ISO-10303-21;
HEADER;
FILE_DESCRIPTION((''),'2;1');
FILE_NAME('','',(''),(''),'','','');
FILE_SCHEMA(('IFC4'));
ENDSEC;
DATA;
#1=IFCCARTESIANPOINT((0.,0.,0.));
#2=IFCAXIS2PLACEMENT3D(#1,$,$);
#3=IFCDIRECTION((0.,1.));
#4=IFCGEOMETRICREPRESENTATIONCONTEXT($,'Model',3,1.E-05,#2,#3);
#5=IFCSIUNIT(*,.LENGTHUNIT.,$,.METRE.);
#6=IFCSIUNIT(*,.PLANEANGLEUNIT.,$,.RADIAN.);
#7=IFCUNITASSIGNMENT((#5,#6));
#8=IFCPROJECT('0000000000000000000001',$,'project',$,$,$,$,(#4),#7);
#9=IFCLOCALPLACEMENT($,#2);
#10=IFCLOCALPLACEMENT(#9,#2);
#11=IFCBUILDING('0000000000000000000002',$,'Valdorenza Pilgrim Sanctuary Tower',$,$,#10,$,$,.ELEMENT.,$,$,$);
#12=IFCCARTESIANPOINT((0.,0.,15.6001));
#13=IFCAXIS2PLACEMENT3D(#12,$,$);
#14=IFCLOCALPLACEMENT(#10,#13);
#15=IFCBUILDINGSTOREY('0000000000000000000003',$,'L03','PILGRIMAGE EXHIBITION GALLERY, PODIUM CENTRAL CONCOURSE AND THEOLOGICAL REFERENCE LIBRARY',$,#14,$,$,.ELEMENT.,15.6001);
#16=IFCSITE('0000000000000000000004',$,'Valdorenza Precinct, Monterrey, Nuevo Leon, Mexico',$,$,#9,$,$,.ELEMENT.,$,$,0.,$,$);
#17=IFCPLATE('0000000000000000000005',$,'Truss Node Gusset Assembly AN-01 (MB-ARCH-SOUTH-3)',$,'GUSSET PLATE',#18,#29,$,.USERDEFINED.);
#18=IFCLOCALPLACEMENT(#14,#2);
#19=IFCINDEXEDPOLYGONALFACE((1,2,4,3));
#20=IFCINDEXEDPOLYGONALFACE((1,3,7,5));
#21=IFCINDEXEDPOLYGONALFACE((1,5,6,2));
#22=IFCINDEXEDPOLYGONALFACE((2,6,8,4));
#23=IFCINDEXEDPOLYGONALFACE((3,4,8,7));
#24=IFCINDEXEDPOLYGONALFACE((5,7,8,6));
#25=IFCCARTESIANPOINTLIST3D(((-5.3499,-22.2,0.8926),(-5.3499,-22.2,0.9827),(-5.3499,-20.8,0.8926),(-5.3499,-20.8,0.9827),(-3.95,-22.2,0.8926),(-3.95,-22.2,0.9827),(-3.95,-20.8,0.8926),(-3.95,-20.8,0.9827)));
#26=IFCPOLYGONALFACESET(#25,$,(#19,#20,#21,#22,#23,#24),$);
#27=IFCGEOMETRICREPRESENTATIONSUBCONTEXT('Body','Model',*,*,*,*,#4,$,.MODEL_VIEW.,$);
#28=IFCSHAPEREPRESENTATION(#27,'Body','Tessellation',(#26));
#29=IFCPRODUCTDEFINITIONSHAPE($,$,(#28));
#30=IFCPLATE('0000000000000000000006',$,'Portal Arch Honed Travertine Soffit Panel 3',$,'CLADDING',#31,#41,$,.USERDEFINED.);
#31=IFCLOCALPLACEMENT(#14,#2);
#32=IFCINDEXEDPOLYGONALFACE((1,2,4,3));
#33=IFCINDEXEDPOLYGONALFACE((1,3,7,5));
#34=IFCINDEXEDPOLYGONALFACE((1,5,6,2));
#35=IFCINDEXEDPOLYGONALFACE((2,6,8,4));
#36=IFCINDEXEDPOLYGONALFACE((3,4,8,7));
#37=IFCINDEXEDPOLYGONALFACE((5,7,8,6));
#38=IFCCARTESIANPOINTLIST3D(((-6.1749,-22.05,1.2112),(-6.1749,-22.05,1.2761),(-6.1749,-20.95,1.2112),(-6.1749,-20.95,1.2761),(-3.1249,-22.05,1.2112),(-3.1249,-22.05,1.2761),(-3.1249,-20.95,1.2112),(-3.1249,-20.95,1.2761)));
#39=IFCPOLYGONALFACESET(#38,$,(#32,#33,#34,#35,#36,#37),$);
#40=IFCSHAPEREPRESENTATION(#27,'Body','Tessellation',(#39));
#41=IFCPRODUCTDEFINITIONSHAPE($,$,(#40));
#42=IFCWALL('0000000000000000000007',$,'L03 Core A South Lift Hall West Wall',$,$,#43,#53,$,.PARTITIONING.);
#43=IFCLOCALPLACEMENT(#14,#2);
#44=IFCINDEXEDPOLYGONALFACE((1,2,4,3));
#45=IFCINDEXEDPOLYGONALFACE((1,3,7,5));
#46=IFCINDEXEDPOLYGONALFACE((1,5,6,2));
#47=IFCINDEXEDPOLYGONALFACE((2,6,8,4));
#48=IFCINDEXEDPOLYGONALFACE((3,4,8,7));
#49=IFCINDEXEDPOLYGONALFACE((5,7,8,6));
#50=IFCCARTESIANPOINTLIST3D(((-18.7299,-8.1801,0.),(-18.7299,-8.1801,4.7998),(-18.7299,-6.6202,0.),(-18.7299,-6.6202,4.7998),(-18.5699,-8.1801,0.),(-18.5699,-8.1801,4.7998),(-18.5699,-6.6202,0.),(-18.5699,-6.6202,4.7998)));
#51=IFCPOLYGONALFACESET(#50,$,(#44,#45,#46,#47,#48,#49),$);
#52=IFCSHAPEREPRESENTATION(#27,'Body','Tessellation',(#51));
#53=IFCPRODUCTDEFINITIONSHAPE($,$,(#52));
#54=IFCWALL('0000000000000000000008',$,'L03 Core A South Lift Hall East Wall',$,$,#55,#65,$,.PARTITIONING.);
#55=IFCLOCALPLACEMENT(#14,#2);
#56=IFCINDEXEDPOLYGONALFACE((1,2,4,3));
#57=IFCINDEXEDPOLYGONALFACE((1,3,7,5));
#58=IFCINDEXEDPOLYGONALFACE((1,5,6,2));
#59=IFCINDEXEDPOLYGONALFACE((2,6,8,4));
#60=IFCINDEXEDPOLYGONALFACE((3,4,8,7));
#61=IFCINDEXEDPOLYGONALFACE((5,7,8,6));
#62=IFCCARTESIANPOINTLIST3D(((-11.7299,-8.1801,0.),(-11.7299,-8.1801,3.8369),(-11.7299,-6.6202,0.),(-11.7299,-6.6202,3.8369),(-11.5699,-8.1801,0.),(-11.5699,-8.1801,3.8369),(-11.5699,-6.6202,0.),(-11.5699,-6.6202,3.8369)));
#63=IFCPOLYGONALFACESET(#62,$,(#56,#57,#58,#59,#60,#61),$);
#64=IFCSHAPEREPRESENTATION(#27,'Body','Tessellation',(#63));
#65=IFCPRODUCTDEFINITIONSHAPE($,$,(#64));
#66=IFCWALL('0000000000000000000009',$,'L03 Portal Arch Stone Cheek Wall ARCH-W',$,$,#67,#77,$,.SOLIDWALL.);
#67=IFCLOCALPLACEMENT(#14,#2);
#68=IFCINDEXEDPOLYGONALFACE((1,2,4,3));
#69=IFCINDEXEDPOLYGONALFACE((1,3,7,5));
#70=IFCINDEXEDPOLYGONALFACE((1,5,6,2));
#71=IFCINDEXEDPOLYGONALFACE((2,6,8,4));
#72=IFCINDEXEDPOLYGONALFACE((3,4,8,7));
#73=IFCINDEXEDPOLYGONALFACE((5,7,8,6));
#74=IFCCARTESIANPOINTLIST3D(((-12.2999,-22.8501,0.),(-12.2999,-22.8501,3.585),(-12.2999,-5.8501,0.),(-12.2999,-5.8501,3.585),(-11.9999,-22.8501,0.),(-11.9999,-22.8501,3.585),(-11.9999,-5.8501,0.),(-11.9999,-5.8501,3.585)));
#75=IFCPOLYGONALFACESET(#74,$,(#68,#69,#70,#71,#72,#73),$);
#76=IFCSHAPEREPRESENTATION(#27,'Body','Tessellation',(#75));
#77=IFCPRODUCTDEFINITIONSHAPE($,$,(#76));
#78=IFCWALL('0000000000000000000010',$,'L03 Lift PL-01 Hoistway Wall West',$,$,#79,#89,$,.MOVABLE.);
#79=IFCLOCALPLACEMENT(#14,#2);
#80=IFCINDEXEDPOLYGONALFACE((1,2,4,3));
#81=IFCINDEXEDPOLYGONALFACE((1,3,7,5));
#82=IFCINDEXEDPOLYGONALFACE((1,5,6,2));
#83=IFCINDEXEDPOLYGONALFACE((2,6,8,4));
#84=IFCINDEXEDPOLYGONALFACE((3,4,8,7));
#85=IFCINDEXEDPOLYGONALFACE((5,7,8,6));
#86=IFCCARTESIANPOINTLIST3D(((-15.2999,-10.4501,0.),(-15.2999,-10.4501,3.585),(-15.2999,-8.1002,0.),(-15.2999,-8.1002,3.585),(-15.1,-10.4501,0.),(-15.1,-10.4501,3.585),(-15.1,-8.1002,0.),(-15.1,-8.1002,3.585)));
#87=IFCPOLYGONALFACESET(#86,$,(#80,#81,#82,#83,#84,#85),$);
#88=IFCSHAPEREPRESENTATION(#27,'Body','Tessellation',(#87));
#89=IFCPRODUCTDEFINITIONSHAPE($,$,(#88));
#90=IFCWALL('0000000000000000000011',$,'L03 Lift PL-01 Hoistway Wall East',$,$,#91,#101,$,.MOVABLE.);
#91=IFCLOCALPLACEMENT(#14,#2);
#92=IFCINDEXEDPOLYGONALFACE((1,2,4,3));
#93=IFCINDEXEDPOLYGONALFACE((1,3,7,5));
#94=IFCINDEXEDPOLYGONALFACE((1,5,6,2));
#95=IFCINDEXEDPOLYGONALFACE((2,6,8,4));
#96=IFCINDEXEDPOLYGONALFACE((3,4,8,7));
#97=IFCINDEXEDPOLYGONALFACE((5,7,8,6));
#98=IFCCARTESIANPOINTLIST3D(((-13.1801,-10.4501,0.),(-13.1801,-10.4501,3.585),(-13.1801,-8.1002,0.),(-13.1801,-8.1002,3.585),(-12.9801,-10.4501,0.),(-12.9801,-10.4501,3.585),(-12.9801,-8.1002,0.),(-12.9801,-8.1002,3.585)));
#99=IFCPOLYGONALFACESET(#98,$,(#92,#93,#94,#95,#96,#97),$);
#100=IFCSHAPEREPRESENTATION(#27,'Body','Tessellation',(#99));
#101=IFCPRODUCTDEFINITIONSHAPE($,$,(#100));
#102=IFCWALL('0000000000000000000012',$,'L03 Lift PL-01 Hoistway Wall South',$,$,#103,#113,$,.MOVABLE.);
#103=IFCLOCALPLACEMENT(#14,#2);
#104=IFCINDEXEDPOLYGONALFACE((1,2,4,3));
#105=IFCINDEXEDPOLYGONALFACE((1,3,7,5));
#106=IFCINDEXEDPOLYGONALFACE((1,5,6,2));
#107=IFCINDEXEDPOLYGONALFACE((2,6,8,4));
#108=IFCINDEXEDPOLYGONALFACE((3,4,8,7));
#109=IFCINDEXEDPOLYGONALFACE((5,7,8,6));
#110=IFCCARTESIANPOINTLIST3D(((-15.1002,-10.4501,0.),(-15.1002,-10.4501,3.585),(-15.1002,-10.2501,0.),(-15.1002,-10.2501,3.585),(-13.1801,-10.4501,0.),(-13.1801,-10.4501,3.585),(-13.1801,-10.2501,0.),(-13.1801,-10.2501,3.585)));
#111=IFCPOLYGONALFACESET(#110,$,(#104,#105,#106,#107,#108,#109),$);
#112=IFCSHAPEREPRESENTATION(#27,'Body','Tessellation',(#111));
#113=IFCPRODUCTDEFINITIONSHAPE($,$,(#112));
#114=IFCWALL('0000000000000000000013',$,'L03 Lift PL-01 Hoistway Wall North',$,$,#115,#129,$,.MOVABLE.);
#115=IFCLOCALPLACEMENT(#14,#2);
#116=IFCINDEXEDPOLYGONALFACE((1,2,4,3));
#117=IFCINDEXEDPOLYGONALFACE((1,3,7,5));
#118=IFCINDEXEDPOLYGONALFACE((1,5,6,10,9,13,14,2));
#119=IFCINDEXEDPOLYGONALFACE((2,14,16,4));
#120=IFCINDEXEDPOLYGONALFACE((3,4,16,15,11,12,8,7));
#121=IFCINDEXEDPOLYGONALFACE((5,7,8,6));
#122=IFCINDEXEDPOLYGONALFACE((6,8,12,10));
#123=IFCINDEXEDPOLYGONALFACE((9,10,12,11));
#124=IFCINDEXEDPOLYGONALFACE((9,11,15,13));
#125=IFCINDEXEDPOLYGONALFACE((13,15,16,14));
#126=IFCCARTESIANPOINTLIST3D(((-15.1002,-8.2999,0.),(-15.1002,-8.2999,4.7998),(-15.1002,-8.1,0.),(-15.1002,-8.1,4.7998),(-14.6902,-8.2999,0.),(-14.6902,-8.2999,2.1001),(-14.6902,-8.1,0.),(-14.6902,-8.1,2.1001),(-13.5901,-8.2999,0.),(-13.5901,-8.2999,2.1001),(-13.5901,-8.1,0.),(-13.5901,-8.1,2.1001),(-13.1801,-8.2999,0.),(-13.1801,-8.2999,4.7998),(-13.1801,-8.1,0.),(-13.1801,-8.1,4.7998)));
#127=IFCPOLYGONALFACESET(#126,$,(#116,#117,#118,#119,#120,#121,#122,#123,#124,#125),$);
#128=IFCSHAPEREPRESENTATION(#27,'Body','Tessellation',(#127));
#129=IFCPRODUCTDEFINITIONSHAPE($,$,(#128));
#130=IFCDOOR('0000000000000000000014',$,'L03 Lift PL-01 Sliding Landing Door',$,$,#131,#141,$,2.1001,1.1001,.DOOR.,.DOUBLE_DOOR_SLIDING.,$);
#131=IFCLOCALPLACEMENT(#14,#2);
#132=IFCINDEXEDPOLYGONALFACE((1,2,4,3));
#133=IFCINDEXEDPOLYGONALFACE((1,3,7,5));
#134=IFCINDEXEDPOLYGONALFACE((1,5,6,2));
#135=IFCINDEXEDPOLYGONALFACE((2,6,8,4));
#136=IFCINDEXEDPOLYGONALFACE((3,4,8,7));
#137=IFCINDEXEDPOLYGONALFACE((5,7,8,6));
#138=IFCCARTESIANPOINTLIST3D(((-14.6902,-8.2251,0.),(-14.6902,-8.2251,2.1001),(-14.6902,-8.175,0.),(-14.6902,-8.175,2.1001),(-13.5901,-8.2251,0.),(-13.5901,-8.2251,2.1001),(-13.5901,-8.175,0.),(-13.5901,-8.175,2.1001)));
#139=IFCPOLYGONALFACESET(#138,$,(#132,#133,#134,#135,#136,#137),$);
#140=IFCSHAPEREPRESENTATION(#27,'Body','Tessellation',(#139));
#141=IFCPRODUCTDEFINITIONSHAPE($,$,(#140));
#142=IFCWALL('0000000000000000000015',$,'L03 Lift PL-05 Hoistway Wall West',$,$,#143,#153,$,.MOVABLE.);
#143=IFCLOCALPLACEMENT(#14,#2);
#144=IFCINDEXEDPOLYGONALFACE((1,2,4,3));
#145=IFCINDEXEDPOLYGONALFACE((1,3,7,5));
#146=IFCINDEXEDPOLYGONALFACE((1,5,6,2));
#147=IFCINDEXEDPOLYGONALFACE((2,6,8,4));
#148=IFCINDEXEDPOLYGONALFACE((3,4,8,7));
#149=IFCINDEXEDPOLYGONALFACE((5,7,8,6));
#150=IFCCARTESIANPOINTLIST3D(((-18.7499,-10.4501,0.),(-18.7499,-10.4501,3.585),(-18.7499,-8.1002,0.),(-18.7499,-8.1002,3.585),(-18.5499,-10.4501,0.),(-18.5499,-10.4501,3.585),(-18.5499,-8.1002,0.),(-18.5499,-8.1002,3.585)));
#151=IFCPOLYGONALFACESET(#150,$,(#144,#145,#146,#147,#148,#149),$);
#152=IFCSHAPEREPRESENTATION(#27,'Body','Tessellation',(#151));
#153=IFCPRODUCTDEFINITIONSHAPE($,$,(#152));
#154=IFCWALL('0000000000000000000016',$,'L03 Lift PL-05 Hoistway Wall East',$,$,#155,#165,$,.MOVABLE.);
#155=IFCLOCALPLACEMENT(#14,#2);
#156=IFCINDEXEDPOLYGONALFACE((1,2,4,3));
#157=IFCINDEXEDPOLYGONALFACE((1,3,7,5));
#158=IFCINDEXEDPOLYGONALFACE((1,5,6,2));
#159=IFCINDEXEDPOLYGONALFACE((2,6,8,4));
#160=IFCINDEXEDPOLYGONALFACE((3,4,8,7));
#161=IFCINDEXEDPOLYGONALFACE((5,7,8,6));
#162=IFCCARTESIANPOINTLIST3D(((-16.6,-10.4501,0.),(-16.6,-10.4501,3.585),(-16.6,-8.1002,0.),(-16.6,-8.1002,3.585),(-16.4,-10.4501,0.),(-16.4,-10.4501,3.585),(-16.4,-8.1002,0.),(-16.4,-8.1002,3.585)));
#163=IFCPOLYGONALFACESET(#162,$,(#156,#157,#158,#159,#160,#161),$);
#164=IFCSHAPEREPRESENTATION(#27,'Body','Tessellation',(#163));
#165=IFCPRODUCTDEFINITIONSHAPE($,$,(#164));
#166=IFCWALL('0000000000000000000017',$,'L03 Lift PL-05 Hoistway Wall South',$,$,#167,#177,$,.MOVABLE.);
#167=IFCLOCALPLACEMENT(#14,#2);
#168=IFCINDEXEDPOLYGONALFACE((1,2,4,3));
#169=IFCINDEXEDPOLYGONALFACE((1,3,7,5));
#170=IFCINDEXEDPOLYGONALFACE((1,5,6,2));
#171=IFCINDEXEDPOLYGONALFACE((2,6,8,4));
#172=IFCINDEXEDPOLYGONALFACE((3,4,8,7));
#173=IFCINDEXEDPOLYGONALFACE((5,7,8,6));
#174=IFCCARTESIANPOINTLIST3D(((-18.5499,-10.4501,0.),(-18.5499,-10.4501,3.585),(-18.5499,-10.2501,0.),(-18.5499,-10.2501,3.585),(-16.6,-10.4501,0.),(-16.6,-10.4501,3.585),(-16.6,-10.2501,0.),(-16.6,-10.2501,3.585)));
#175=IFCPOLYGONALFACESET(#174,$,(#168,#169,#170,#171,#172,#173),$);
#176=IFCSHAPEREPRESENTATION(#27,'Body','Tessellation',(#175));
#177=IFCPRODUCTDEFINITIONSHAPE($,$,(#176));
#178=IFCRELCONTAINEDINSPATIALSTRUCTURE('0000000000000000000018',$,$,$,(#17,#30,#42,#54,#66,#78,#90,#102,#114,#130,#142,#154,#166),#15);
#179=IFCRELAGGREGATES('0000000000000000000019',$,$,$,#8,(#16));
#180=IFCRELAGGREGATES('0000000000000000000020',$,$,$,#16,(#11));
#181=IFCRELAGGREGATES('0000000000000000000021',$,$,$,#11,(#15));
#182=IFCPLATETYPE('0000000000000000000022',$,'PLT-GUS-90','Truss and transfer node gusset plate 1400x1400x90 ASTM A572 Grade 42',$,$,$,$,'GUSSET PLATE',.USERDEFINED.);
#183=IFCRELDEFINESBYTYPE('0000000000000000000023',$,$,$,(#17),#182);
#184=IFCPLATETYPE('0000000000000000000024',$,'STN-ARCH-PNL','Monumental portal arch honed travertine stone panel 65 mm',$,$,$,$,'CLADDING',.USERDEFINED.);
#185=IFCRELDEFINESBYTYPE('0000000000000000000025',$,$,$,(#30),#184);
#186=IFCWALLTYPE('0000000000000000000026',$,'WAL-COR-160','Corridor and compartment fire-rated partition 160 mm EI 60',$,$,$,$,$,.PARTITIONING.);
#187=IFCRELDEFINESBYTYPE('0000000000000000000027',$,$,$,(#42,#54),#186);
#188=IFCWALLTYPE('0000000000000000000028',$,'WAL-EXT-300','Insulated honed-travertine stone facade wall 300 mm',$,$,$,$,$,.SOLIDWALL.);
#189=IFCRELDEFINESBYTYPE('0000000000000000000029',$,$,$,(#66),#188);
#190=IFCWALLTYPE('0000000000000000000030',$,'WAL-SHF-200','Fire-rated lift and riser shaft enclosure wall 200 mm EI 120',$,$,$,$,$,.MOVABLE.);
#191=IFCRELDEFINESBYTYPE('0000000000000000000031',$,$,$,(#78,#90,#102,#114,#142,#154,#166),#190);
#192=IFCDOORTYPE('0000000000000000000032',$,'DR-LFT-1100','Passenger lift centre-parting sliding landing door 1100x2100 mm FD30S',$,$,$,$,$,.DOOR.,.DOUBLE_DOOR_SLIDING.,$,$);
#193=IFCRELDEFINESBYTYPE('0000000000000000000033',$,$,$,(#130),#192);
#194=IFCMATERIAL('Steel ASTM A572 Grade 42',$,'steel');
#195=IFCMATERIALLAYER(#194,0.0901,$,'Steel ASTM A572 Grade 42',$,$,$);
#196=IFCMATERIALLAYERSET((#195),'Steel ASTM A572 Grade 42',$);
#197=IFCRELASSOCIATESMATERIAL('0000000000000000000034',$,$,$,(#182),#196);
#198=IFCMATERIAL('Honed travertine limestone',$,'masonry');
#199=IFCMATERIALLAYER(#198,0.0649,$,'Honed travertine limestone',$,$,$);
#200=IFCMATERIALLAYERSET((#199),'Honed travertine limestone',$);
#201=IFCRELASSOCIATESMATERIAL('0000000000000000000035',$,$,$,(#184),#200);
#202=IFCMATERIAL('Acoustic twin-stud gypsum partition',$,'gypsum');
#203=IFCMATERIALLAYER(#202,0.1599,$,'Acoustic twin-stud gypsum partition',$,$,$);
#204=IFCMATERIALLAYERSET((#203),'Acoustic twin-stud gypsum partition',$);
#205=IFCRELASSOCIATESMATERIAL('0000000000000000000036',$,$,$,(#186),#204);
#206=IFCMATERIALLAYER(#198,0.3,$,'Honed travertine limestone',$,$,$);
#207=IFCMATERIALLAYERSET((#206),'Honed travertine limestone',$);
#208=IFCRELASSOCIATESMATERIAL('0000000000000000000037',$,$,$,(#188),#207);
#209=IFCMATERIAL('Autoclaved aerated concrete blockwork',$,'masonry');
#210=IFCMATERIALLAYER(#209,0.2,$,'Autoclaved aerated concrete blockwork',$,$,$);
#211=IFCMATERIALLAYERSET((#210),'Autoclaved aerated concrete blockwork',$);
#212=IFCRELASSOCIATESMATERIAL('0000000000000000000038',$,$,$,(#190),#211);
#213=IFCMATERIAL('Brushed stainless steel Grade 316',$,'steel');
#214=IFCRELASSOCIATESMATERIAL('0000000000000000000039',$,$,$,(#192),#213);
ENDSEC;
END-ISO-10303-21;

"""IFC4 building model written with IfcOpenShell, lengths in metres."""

from ifc_helpers import new_model, si_unit, direction, frame, frame_2d, origin, origin_2d, place, context, subcontext, project, spatial, rectangle, extrude, source, transform, mapped, material, layer, layer_set, type_object, element, fill, save


model = new_model("IFC4")

# Units and contexts
model_context = context("Model", 3, precision=1e-05, world=origin(), true_north=direction((0.0, 1.0)))
body_context = subcontext(model_context, "Body", "Model", "MODEL_VIEW")
ifc_project = project(units=[si_unit("LENGTHUNIT", "METRE"), si_unit("PLANEANGLEUNIT", "RADIAN")], contexts=[model_context])

# Site, building, storey
site_placement = place(None, origin())
site = spatial("IfcSite", under=ifc_project, at=site_placement, Name="Valdorenza Precinct, Monterrey, Nuevo Leon, Mexico", CompositionType="ELEMENT", RefElevation=0.0)
building_placement = place(site_placement, origin())
building = spatial("IfcBuilding", under=site, at=building_placement, Name="Valdorenza Pilgrim Sanctuary Tower", CompositionType="ELEMENT")
storey_placement = place(building_placement, frame((0.0, 0.0, 15.6001)))
storey = spatial("IfcBuildingStorey", under=building, at=storey_placement, Name="L03", Description="PILGRIMAGE EXHIBITION GALLERY, PODIUM CENTRAL CONCOURSE AND THEOLOGICAL REFERENCE LIBRARY", CompositionType="ELEMENT", Elevation=15.6001)

# Shared definitions
ifc_material_1 = material(Name="Steel ASTM A572 Grade 42", Category="steel")

# Plates
ifc_layer_1 = layer(ifc_material_1, 0.0901, Name="Steel ASTM A572 Grade 42")
ifc_layer_set_1 = layer_set([ifc_layer_1], Name="Steel ASTM A572 Grade 42")
plate_type_1 = type_object("IfcPlateType", Name="PLT-GUS-90", Description="Truss and transfer node gusset plate 1400x1400x90 ASTM A572 Grade 42", ElementType="GUSSET PLATE", PredefinedType="USERDEFINED", material=ifc_layer_set_1)
shared_shape_1 = source(origin(), body_context, "Body", "SweptSolid", [
    extrude(rectangle(XDim=1.3999, YDim=1.3999, at=origin_2d()), origin(), (0.0, 0.0, 1.0), 0.0901),
])
plate_1_placement = place(storey_placement, frame((-4.6499, -21.5, 0.8926), z_axis=(0.0, 0.0, 1.0), x_axis=(1.0, 0.0, 0.0)))
element("IfcPlate", 1, at=plate_1_placement, inside=storey, type_object=plate_type_1, Name="Truss Node Gusset Assembly AN-01 (MB-ARCH-SOUTH-3)", ObjectType="GUSSET PLATE", PredefinedType="USERDEFINED", context=body_context, shape_type="MappedRepresentation", body=[
    mapped(shared_shape_1, transform((0.0, 0.0, 0.0), x_axis=(1.0, 0.0, 0.0), y_axis=(0.0, 1.0, 0.0), z_axis=(0.0, 0.0, 1.0), scale=1.0)),
])
ifc_material_2 = material(Name="Honed travertine limestone", Category="masonry")
ifc_layer_2 = layer(ifc_material_2, 0.0649, Name="Honed travertine limestone")
ifc_layer_set_2 = layer_set([ifc_layer_2], Name="Honed travertine limestone")
plate_type_2 = type_object("IfcPlateType", Name="STN-ARCH-PNL", Description="Monumental portal arch honed travertine stone panel 65 mm", ElementType="CLADDING", PredefinedType="USERDEFINED", material=ifc_layer_set_2)
shared_shape_2 = source(origin(), body_context, "Body", "SweptSolid", [
    extrude(rectangle(XDim=3.05, YDim=1.1001, at=origin_2d()), origin(), (0.0, 0.0, 1.0), 0.0649),
])
plate_2_placement = place(storey_placement, frame((-4.6499, -21.5, 1.2112), z_axis=(0.0, 0.0, 1.0), x_axis=(1.0, 0.0, 0.0)))
element("IfcPlate", 2, at=plate_2_placement, inside=storey, type_object=plate_type_2, Name="Portal Arch Honed Travertine Soffit Panel 3", ObjectType="CLADDING", PredefinedType="USERDEFINED", context=body_context, shape_type="MappedRepresentation", body=[
    mapped(shared_shape_2, transform((0.0, 0.0, 0.0), x_axis=(1.0, 0.0, 0.0), y_axis=(0.0, 1.0, 0.0), z_axis=(0.0, 0.0, 1.0), scale=1.0)),
])

# Walls
ifc_material_3 = material(Name="Acoustic twin-stud gypsum partition", Category="gypsum")
ifc_layer_3 = layer(ifc_material_3, 0.1599, Name="Acoustic twin-stud gypsum partition")
ifc_layer_set_3 = layer_set([ifc_layer_3], Name="Acoustic twin-stud gypsum partition")
wall_type_1 = type_object("IfcWallType", Name="WAL-COR-160", Description="Corridor and compartment fire-rated partition 160 mm EI 60", PredefinedType="PARTITIONING", material=ifc_layer_set_3)
wall_1_placement = place(storey_placement, frame((-18.6499, -8.1799, 0.0), z_axis=(0.0, 0.0, 1.0), x_axis=(0.0, 1.0, 0.0)))
element("IfcWall", 3, at=wall_1_placement, inside=storey, type_object=wall_type_1, Name="L03 Core A South Lift Hall West Wall", PredefinedType="PARTITIONING", context=body_context, shape_type="SweptSolid", body=[
    extrude(rectangle(XDim=1.5598, YDim=0.1599, at=frame_2d((0.7798, 0.0))), origin(), (0.0, 0.0, 1.0), 4.7998),
])
wall_2_placement = place(storey_placement, frame((-11.6499, -8.1799, 0.0), z_axis=(0.0, 0.0, 1.0), x_axis=(0.0, 1.0, 0.0)))
element("IfcWall", 4, at=wall_2_placement, inside=storey, type_object=wall_type_1, Name="L03 Core A South Lift Hall East Wall", PredefinedType="PARTITIONING", context=body_context, shape_type="SweptSolid", body=[
    extrude(rectangle(XDim=1.5598, YDim=0.1599, at=frame_2d((0.7798, 0.0))), origin(), (0.0, 0.0, 1.0), 3.8369),
])
ifc_layer_4 = layer(ifc_material_2, 0.3, Name="Honed travertine limestone")
ifc_layer_set_4 = layer_set([ifc_layer_4], Name="Honed travertine limestone")
wall_type_2 = type_object("IfcWallType", Name="WAL-EXT-300", Description="Insulated honed-travertine stone facade wall 300 mm", PredefinedType="SOLIDWALL", material=ifc_layer_set_4)
wall_3_placement = place(storey_placement, frame((-12.1499, -22.8501, 0.0), z_axis=(0.0, 0.0, 1.0), x_axis=(0.0, 1.0, 0.0)))
element("IfcWall", 5, at=wall_3_placement, inside=storey, type_object=wall_type_2, Name="L03 Portal Arch Stone Cheek Wall ARCH-W", PredefinedType="SOLIDWALL", context=body_context, shape_type="SweptSolid", body=[
    extrude(rectangle(XDim=17.0, YDim=0.3, at=frame_2d((8.5, 0.0))), origin(), (0.0, 0.0, 1.0), 3.585),
])
ifc_material_4 = material(Name="Autoclaved aerated concrete blockwork", Category="masonry")
ifc_layer_5 = layer(ifc_material_4, 0.2, Name="Autoclaved aerated concrete blockwork")
ifc_layer_set_5 = layer_set([ifc_layer_5], Name="Autoclaved aerated concrete blockwork")
wall_type_3 = type_object("IfcWallType", Name="WAL-SHF-200", Description="Fire-rated lift and riser shaft enclosure wall 200 mm EI 120", PredefinedType="MOVABLE", material=ifc_layer_set_5)
for number, where, z_axis, x_axis, name in (
    (6, (-15.2, -10.45, 0.0), (0.0, 0.0, 1.0), (0.0, 1.0, 0.0), "L03 Lift PL-01 Hoistway Wall West"),
    (7, (-13.0801, -10.45, 0.0), (0.0, 0.0, 1.0), (0.0, 1.0, 0.0), "L03 Lift PL-01 Hoistway Wall East"),
):
    element("IfcWall", number, at=place(storey_placement, frame(where, z_axis=z_axis, x_axis=x_axis)), inside=storey, type_object=wall_type_3, Name=name, PredefinedType="MOVABLE", context=body_context, shape_type="SweptSolid", body=[
        extrude(rectangle(XDim=2.3499, YDim=0.2, at=frame_2d((1.1748, 0.0))), origin(), (0.0, 0.0, 1.0), 3.585),
    ])
wall_4_placement = place(storey_placement, frame((-15.1001, -10.3501, 0.0), z_axis=(0.0, 0.0, 1.0), x_axis=(1.0, 0.0, 0.0)))
element("IfcWall", 8, at=wall_4_placement, inside=storey, type_object=wall_type_3, Name="L03 Lift PL-01 Hoistway Wall South", PredefinedType="MOVABLE", context=body_context, shape_type="SweptSolid", body=[
    extrude(rectangle(XDim=1.9202, YDim=0.2, at=frame_2d((0.96, 0.0))), origin(), (0.0, 0.0, 1.0), 3.585),
])

# Wall, opening, door
wall_5_placement = place(storey_placement, frame((-15.1001, -8.2, 0.0), z_axis=(0.0, 0.0, 1.0), x_axis=(1.0, 0.0, 0.0)))
wall_5 = element("IfcWall", 9, at=wall_5_placement, inside=storey, type_object=wall_type_3, Name="L03 Lift PL-01 Hoistway Wall North", PredefinedType="MOVABLE", context=body_context, shape_type="SweptSolid", body=[
    extrude(rectangle(XDim=1.9202, YDim=0.2, at=frame_2d((0.96, 0.0))), origin(), (0.0, 0.0, 1.0), 4.7998),
])
opening_placement = place(wall_5_placement, frame((0.4099, 0.0, 0.0)))
opening = element("IfcOpeningElement", 10, at=opening_placement, cuts=wall_5, PredefinedType="OPENING", context=body_context, shape_type="SweptSolid", body=[
    extrude(rectangle(XDim=1.1001, YDim=2.1001, at=frame_2d((0.55, 1.05))), frame((0.0, 0.1147, 0.0), z_axis=(0.0, -1.0, 0.0), x_axis=(1.0, 0.0, 0.0)), (0.0, 0.0, 1.0), 0.2297),
])
ifc_material_5 = material(Name="Brushed stainless steel Grade 316", Category="steel")
door_type = type_object("IfcDoorType", Name="DR-LFT-1100", Description="Passenger lift centre-parting sliding landing door 1100x2100 mm FD30S", OperationType="DOUBLE_DOOR_SLIDING", PredefinedType="DOOR", material=ifc_material_5)
door_placement = place(opening_placement, origin())
door = element("IfcDoor", 11, at=door_placement, inside=storey, type_object=door_type, Name="L03 Lift PL-01 Sliding Landing Door", OperationType="DOUBLE_DOOR_SLIDING", OverallHeight=2.1001, OverallWidth=1.1001, PredefinedType="DOOR", context=body_context, shape_type="SweptSolid", body=[
    extrude(rectangle(XDim=1.1001, YDim=2.1001, at=frame_2d((0.55, 1.05))), frame((0.0, 0.0249, 0.0), z_axis=(0.0, -1.0, 0.0), x_axis=(1.0, 0.0, 0.0)), (0.0, 0.0, 1.0), 0.05),
])
fill(opening, door)

# Walls
for number, where, z_axis, x_axis, name in (
    (12, (-18.6499, -10.45, 0.0), (0.0, 0.0, 1.0), (0.0, 1.0, 0.0), "L03 Lift PL-05 Hoistway Wall West"),
    (13, (-16.5, -10.45, 0.0), (0.0, 0.0, 1.0), (0.0, 1.0, 0.0), "L03 Lift PL-05 Hoistway Wall East"),
):
    element("IfcWall", number, at=place(storey_placement, frame(where, z_axis=z_axis, x_axis=x_axis)), inside=storey, type_object=wall_type_3, Name=name, PredefinedType="MOVABLE", context=body_context, shape_type="SweptSolid", body=[
        extrude(rectangle(XDim=2.3499, YDim=0.2, at=frame_2d((1.1748, 0.0))), origin(), (0.0, 0.0, 1.0), 3.585),
    ])
wall_6_placement = place(storey_placement, frame((-18.55, -10.3501, 0.0), z_axis=(0.0, 0.0, 1.0), x_axis=(1.0, 0.0, 0.0)))
element("IfcWall", 14, at=wall_6_placement, inside=storey, type_object=wall_type_3, Name="L03 Lift PL-05 Hoistway Wall South", PredefinedType="MOVABLE", context=body_context, shape_type="SweptSolid", body=[
    extrude(rectangle(XDim=1.95, YDim=0.2, at=frame_2d((0.9751, 0.0))), origin(), (0.0, 0.0, 1.0), 3.585),
])

save(model, "model.ifc")
